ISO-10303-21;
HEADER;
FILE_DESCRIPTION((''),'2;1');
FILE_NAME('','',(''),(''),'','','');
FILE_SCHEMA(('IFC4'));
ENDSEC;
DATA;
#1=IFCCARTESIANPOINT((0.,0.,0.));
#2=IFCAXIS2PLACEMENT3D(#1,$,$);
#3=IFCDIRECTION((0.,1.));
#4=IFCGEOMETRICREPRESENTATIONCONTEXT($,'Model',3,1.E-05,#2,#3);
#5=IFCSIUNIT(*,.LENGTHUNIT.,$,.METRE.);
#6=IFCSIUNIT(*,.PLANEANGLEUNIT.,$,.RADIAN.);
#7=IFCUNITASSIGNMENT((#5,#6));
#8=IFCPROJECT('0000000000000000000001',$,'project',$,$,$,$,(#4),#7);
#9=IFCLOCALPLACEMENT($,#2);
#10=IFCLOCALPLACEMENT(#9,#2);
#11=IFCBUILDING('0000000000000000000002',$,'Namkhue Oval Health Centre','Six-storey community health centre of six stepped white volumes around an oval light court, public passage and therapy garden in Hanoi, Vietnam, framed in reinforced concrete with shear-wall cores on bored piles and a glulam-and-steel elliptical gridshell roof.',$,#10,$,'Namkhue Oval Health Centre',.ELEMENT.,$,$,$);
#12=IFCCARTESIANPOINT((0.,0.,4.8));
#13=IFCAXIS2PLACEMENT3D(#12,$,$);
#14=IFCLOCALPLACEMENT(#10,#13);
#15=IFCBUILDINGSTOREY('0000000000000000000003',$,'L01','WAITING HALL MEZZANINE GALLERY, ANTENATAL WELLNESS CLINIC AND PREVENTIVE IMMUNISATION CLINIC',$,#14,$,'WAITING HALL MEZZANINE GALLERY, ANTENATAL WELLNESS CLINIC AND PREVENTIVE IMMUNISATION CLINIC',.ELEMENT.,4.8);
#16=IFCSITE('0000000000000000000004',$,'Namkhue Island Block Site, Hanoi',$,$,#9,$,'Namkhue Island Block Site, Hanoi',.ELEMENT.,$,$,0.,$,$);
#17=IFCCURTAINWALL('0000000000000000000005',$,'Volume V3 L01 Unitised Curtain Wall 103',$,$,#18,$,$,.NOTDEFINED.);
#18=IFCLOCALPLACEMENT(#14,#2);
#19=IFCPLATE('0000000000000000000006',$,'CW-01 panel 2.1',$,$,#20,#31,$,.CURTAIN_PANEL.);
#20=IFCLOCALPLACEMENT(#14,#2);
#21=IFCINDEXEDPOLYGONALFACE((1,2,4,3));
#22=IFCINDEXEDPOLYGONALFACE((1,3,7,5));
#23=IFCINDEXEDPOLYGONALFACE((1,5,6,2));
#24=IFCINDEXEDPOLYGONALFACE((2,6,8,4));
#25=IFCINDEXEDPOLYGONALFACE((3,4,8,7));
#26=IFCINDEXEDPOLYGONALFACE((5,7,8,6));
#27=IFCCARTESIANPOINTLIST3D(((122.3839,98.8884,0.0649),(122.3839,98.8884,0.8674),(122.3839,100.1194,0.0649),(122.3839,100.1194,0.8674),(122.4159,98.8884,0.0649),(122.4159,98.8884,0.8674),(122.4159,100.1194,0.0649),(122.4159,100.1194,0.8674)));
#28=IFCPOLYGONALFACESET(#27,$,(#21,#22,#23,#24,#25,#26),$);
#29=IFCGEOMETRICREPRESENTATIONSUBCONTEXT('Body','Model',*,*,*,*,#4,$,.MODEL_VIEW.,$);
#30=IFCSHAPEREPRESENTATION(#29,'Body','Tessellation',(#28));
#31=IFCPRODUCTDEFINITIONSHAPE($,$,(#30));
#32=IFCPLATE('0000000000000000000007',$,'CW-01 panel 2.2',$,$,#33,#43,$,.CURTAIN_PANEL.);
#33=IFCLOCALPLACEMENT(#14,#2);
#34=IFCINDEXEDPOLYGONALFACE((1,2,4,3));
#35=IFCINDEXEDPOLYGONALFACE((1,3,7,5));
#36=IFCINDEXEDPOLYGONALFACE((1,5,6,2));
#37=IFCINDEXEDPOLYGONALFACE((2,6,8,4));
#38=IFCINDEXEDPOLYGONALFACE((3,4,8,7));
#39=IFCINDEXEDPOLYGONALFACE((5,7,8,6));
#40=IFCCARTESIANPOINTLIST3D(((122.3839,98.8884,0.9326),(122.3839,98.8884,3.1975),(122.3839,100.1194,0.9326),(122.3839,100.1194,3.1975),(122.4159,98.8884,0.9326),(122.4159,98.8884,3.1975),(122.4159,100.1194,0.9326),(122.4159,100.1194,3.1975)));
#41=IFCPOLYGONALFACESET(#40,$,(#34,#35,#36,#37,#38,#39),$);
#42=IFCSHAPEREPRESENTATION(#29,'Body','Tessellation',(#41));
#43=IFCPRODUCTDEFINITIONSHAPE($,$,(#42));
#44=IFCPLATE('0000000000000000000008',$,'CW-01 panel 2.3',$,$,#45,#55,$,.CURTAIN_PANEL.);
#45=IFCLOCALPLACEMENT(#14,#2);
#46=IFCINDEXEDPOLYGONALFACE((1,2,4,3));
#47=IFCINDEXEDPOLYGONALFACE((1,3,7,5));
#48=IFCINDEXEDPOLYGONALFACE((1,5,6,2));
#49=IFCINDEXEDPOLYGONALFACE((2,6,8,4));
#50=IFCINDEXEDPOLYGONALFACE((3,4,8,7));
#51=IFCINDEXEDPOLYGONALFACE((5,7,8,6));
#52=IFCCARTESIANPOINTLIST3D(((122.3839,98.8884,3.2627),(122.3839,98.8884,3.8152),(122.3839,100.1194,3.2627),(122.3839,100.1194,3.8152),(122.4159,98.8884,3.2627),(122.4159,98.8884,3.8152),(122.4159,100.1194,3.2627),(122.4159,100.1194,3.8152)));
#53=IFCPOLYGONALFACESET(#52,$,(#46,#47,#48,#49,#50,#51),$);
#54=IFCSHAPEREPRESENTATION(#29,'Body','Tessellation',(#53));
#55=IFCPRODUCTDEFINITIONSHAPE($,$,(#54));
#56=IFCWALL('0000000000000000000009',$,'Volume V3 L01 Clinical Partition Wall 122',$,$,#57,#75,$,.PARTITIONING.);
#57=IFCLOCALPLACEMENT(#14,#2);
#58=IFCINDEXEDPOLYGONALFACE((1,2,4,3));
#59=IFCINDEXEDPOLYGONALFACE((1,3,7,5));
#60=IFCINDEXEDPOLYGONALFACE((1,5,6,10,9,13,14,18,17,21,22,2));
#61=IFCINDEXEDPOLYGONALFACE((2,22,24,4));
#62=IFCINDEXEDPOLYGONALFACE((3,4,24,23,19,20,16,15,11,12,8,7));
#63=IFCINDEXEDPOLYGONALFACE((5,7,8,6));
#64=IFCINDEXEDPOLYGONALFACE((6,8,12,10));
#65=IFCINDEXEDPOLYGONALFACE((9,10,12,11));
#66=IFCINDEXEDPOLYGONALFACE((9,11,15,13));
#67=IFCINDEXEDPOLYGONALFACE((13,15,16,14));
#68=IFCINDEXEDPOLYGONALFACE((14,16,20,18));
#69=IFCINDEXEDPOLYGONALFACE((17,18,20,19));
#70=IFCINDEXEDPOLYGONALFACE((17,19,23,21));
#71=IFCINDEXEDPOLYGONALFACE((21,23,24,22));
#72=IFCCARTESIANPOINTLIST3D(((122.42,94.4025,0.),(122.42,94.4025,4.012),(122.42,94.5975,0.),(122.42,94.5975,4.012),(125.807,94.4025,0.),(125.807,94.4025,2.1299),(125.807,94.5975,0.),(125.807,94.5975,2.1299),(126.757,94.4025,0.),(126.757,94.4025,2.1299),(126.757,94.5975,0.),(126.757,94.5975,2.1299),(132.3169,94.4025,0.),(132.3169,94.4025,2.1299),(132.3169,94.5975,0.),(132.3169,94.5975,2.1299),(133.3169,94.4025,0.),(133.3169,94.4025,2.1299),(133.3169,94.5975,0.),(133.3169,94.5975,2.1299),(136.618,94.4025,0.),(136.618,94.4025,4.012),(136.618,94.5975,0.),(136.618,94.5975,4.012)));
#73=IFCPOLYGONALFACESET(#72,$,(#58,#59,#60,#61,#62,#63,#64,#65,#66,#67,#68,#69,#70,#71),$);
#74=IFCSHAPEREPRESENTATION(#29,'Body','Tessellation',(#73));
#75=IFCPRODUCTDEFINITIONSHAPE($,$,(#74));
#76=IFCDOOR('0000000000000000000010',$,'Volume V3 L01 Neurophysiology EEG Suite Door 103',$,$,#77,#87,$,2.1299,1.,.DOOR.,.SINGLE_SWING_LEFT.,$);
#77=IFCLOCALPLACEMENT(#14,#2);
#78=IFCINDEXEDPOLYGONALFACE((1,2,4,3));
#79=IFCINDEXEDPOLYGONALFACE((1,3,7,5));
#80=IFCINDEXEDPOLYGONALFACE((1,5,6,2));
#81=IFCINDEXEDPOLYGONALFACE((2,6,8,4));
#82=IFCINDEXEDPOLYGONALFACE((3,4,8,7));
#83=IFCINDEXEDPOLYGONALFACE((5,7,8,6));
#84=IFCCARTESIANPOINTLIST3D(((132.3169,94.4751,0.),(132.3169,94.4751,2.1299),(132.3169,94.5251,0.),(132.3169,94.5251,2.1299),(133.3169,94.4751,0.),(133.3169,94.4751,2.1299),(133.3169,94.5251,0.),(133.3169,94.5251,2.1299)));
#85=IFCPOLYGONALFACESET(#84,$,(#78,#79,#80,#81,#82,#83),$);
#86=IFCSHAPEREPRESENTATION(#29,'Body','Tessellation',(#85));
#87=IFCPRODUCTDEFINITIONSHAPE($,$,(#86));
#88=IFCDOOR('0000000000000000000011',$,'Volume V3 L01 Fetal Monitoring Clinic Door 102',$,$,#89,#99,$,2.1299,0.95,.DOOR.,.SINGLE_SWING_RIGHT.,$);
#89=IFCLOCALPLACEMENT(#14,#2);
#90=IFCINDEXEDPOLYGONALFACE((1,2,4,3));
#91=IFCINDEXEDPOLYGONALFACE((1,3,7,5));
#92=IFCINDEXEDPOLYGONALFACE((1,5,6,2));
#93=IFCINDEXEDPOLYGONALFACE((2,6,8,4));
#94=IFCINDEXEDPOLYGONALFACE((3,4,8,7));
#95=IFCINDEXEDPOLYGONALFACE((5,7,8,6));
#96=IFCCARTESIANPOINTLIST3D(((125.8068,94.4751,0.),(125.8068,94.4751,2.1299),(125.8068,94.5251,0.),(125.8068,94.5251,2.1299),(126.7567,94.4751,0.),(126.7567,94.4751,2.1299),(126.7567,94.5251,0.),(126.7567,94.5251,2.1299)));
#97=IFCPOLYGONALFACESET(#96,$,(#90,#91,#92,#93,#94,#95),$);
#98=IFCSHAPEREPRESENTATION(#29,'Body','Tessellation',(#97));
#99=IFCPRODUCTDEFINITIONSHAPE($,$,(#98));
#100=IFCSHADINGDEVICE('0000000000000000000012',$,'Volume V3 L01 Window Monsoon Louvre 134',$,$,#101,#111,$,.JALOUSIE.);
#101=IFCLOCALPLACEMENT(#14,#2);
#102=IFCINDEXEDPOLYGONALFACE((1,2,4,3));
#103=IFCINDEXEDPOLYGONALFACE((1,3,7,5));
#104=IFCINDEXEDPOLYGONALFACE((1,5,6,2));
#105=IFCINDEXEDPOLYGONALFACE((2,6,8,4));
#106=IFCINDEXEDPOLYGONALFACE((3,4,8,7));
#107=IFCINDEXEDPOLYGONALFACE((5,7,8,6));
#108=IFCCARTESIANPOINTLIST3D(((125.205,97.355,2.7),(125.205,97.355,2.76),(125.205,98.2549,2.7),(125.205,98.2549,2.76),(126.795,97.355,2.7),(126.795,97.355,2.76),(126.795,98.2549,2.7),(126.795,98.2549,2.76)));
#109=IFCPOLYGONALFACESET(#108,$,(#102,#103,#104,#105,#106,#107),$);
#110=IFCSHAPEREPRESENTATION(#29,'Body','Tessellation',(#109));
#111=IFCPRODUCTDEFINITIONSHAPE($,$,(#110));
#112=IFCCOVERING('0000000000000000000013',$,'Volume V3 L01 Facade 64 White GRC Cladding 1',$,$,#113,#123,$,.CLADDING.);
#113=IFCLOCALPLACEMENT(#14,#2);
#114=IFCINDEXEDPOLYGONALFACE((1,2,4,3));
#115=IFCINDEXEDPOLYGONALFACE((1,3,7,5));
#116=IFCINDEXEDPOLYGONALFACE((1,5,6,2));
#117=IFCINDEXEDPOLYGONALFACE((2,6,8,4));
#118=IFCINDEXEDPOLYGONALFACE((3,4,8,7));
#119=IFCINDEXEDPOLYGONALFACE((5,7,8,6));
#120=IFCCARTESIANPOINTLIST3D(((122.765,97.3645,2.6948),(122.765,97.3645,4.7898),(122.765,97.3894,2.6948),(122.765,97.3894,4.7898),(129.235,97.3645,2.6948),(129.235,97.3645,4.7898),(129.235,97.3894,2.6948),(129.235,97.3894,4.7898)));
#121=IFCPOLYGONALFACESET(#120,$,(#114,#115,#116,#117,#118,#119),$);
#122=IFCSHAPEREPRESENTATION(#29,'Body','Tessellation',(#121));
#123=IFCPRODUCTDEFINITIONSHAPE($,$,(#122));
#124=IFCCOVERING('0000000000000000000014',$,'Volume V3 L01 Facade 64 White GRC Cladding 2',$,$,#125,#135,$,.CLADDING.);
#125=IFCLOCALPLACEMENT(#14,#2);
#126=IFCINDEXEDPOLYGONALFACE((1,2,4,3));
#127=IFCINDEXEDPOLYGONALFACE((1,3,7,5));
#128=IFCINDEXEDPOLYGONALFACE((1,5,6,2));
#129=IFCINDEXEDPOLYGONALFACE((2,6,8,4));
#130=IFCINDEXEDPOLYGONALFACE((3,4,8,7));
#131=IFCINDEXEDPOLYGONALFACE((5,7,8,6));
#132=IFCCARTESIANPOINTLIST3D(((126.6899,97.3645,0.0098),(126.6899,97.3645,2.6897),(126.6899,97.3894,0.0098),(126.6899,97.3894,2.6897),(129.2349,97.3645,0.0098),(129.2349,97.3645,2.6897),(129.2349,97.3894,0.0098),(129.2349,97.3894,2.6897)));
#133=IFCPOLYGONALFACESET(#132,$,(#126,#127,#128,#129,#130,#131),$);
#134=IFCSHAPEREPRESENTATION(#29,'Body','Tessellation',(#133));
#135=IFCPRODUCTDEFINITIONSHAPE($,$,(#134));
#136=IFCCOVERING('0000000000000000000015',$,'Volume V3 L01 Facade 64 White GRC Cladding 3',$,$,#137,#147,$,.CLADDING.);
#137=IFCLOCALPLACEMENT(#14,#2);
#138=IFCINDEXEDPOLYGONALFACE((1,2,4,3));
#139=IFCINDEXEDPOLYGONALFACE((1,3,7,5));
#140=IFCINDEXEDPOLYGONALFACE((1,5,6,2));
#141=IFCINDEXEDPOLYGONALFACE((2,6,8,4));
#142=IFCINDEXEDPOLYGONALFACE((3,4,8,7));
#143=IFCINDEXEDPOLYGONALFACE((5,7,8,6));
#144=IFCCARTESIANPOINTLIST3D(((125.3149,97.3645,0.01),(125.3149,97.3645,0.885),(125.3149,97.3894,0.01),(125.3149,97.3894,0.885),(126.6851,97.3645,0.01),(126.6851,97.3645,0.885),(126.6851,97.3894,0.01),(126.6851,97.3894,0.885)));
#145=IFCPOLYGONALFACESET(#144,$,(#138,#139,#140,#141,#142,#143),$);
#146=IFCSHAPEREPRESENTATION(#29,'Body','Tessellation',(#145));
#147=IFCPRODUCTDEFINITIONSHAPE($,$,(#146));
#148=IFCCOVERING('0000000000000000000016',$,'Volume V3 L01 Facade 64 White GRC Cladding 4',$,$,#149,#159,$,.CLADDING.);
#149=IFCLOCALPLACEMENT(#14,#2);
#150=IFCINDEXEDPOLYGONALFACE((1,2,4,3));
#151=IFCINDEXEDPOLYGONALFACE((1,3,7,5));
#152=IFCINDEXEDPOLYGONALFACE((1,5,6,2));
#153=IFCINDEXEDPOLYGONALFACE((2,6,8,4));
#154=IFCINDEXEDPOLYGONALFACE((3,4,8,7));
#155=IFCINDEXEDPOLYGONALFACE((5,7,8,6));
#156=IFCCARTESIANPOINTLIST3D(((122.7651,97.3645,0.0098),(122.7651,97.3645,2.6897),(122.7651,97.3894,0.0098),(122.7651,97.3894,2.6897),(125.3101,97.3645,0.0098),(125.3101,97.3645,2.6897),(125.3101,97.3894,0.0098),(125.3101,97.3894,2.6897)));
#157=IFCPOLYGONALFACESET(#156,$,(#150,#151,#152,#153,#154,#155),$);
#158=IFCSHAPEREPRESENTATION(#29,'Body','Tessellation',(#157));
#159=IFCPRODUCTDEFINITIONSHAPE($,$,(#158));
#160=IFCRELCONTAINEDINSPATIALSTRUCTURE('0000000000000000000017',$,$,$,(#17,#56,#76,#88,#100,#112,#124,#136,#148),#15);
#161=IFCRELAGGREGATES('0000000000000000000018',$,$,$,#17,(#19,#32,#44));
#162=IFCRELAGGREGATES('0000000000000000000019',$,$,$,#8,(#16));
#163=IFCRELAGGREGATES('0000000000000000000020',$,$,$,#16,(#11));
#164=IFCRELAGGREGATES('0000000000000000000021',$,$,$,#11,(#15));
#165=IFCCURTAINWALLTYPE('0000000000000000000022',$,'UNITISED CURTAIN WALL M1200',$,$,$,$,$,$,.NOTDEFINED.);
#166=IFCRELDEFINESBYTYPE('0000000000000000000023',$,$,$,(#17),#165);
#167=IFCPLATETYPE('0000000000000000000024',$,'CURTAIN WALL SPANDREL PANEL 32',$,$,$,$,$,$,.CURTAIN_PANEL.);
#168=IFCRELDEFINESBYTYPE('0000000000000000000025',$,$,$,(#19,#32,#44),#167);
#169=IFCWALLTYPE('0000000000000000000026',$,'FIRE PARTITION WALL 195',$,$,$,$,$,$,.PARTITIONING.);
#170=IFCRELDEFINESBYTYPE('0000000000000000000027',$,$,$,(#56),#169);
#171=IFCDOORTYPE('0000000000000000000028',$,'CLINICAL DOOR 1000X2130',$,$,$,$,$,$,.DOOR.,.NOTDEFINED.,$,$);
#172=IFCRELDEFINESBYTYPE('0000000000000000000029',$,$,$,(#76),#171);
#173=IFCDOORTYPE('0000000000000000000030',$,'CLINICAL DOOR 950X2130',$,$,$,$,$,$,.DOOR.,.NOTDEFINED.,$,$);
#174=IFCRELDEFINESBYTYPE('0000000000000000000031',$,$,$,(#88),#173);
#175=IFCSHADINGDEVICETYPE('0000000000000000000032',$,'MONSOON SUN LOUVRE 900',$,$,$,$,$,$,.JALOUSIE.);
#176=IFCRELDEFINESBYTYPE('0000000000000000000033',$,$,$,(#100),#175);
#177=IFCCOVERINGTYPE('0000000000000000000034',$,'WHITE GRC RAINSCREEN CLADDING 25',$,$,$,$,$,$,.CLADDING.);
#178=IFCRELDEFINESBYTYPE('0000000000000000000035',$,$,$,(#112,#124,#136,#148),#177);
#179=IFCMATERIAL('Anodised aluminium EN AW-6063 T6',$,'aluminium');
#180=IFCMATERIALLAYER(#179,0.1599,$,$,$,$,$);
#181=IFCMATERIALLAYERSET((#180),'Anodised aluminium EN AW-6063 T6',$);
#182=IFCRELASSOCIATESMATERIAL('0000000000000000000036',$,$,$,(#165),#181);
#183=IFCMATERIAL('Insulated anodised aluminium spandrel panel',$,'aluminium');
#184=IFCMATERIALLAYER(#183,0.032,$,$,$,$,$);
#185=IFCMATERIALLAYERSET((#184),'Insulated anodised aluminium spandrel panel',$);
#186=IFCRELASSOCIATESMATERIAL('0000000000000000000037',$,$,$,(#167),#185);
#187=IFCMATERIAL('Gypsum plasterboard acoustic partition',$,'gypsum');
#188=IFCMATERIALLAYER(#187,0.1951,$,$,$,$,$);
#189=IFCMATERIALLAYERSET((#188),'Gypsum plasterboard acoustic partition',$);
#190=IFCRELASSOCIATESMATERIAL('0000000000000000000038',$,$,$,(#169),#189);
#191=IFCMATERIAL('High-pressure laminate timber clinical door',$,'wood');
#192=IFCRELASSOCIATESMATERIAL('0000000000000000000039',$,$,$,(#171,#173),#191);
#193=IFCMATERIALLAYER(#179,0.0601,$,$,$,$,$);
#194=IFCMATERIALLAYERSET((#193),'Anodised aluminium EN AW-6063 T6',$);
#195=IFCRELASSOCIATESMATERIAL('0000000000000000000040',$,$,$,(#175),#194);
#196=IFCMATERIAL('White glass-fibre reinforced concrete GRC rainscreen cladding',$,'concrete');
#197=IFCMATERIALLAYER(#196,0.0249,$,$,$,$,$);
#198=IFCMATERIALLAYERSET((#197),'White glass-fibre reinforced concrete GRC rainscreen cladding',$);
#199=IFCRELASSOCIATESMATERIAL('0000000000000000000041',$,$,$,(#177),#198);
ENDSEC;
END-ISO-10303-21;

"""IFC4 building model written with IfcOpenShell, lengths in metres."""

from ifc_helpers import new_model, si_unit, direction, frame, frame_2d, origin, origin_2d, place, context, subcontext, project, spatial, rectangle, extrude, material, layer, layer_set, type_object, element, fill, aggregate, save


model = new_model("IFC4")

# Units and contexts
model_context = context("Model", 3, precision=1e-05, world=origin(), true_north=direction((0.0, 1.0)))
body_context = subcontext(model_context, "Body", "Model", "MODEL_VIEW")
ifc_project = project(units=[si_unit("LENGTHUNIT", "METRE"), si_unit("PLANEANGLEUNIT", "RADIAN")], contexts=[model_context])

# Site, building, storey
site_placement = place(None, origin())
site = spatial("IfcSite", under=ifc_project, at=site_placement, Name="Namkhue Island Block Site, Hanoi", LongName="Namkhue Island Block Site, Hanoi", CompositionType="ELEMENT", RefElevation=0.0)
building_placement = place(site_placement, origin())
building = spatial("IfcBuilding", under=site, at=building_placement, Name="Namkhue Oval Health Centre", Description="Six-storey community health centre of six stepped white volumes around an oval light court, public passage and therapy garden in Hanoi, Vietnam, framed in reinforced concrete with shear-wall cores on bored piles and a glulam-and-steel elliptical gridshell roof.", LongName="Namkhue Oval Health Centre", CompositionType="ELEMENT")
storey_placement = place(building_placement, frame((0.0, 0.0, 4.8)))
storey = spatial("IfcBuildingStorey", under=building, at=storey_placement, Name="L01", Description="WAITING HALL MEZZANINE GALLERY, ANTENATAL WELLNESS CLINIC AND PREVENTIVE IMMUNISATION CLINIC", LongName="WAITING HALL MEZZANINE GALLERY, ANTENATAL WELLNESS CLINIC AND PREVENTIVE IMMUNISATION CLINIC", CompositionType="ELEMENT", Elevation=4.8)

# Curtain wall
ifc_material_1 = material(Name="Anodised aluminium EN AW-6063 T6", Category="aluminium")
ifc_layer_1 = layer(ifc_material_1, 0.1599)
ifc_layer_set_1 = layer_set([ifc_layer_1], Name="Anodised aluminium EN AW-6063 T6")
curtain_wall_type_1 = type_object("IfcCurtainWallType", Name="UNITISED CURTAIN WALL M1200", PredefinedType="NOTDEFINED", material=ifc_layer_set_1)
curtain_wall_1_placement = place(storey_placement, origin())
curtain_wall_1 = element("IfcCurtainWall", 1, at=curtain_wall_1_placement, inside=storey, type_object=curtain_wall_type_1, Name="Volume V3 L01 Unitised Curtain Wall 103", PredefinedType="NOTDEFINED")

# Plates
ifc_material_2 = material(Name="Insulated anodised aluminium spandrel panel", Category="aluminium")
ifc_layer_2 = layer(ifc_material_2, 0.032)
ifc_layer_set_2 = layer_set([ifc_layer_2], Name="Insulated anodised aluminium spandrel panel")
plate_type_1 = type_object("IfcPlateType", Name="CURTAIN WALL SPANDREL PANEL 32", PredefinedType="CURTAIN_PANEL", material=ifc_layer_set_2)
plate_1_placement = place(storey_placement, frame((122.3999, 99.5039, 0.0649), z_axis=(0.0, 0.0, 1.0), x_axis=(0.0, 1.0, 0.0)))
plate_1 = element("IfcPlate", 2, at=plate_1_placement, type_object=plate_type_1, Name="CW-01 panel 2.1", PredefinedType="CURTAIN_PANEL", context=body_context, shape_type="SweptSolid", body=[
    extrude(rectangle(XDim=1.231, YDim=0.032, at=origin_2d()), origin(), (0.0, 0.0, 1.0), 0.8025),
])
plate_2_placement = place(storey_placement, frame((122.3999, 99.5039, 0.9326), z_axis=(0.0, 0.0, 1.0), x_axis=(0.0, 1.0, 0.0)))
plate_2 = element("IfcPlate", 3, at=plate_2_placement, type_object=plate_type_1, Name="CW-01 panel 2.2", PredefinedType="CURTAIN_PANEL", context=body_context, shape_type="SweptSolid", body=[
    extrude(rectangle(XDim=1.231, YDim=0.032, at=origin_2d()), origin(), (0.0, 0.0, 1.0), 2.2649),
])
plate_3_placement = place(storey_placement, frame((122.3999, 99.5039, 3.2627), z_axis=(0.0, 0.0, 1.0), x_axis=(0.0, 1.0, 0.0)))
plate_3 = element("IfcPlate", 4, at=plate_3_placement, type_object=plate_type_1, Name="CW-01 panel 2.3", PredefinedType="CURTAIN_PANEL", context=body_context, shape_type="SweptSolid", body=[
    extrude(rectangle(XDim=1.231, YDim=0.032, at=origin_2d()), origin(), (0.0, 0.0, 1.0), 0.5525),
])
aggregate(curtain_wall_1, [plate_1, plate_2, plate_3])

# Wall, openings, doors
ifc_material_3 = material(Name="Gypsum plasterboard acoustic partition", Category="gypsum")
ifc_layer_3 = layer(ifc_material_3, 0.1951)
ifc_layer_set_3 = layer_set([ifc_layer_3], Name="Gypsum plasterboard acoustic partition")
wall_type = type_object("IfcWallType", Name="FIRE PARTITION WALL 195", PredefinedType="PARTITIONING", material=ifc_layer_set_3)
wall_placement = place(storey_placement, frame((122.4199, 94.5, 0.0), z_axis=(0.0, 0.0, 1.0), x_axis=(1.0, 0.0, 0.0)))
wall = element("IfcWall", 5, at=wall_placement, inside=storey, type_object=wall_type, Name="Volume V3 L01 Clinical Partition Wall 122", PredefinedType="PARTITIONING", context=body_context, shape_type="SweptSolid", body=[
    extrude(rectangle(XDim=14.198, YDim=0.1951, at=frame_2d((7.0991, 0.0))), origin(), (0.0, 0.0, 1.0), 4.012),
])
opening_1_placement = place(wall_placement, frame((3.387, 0.0, 0.0)))
opening_1 = element("IfcOpeningElement", 6, at=opening_1_placement, cuts=wall, PredefinedType="OPENING", context=body_context, shape_type="SweptSolid", body=[
    extrude(rectangle(XDim=0.95, YDim=2.1299, at=frame_2d((0.4751, 1.0649))), frame((0.0, 0.1074, 0.0), z_axis=(0.0, -1.0, 0.0), x_axis=(1.0, 0.0, 0.0)), (0.0, 0.0, 1.0), 0.2151),
])
opening_2_placement = place(wall_placement, frame((9.897, 0.0, 0.0)))
opening_2 = element("IfcOpeningElement", 7, at=opening_2_placement, cuts=wall, PredefinedType="OPENING", context=body_context, shape_type="SweptSolid", body=[
    extrude(rectangle(XDim=1.0, YDim=2.1299, at=frame_2d((0.5, 1.0649))), frame((0.0, 0.1074, 0.0), z_axis=(0.0, -1.0, 0.0), x_axis=(1.0, 0.0, 0.0)), (0.0, 0.0, 1.0), 0.2151),
])
ifc_material_4 = material(Name="High-pressure laminate timber clinical door", Category="wood")
door_type_1 = type_object("IfcDoorType", Name="CLINICAL DOOR 1000X2130", OperationType="NOTDEFINED", PredefinedType="DOOR", material=ifc_material_4)
door_1_placement = place(opening_2_placement, frame((1.0, 0.0, 0.0), z_axis=(0.0, 0.0, 1.0), x_axis=(-1.0, 0.0, 0.0)))
door_1 = element("IfcDoor", 8, at=door_1_placement, inside=storey, type_object=door_type_1, Name="Volume V3 L01 Neurophysiology EEG Suite Door 103", OperationType="SINGLE_SWING_LEFT", OverallHeight=2.1299, OverallWidth=1.0, PredefinedType="DOOR", context=body_context, shape_type="SweptSolid", body=[
    extrude(rectangle(XDim=1.0, YDim=2.1299, at=frame_2d((0.5, 1.0649))), frame((0.0, 0.0249, 0.0), z_axis=(0.0, -1.0, 0.0), x_axis=(1.0, 0.0, 0.0)), (0.0, 0.0, 1.0), 0.05),
])
fill(opening_2, door_1)
door_type_2 = type_object("IfcDoorType", Name="CLINICAL DOOR 950X2130", OperationType="NOTDEFINED", PredefinedType="DOOR", material=ifc_material_4)
door_2_placement = place(opening_1_placement, frame((0.95, 0.0, 0.0), z_axis=(0.0, 0.0, 1.0), x_axis=(-1.0, 0.0, 0.0)))
door_2 = element("IfcDoor", 9, at=door_2_placement, inside=storey, type_object=door_type_2, Name="Volume V3 L01 Fetal Monitoring Clinic Door 102", OperationType="SINGLE_SWING_RIGHT", OverallHeight=2.1299, OverallWidth=0.95, PredefinedType="DOOR", context=body_context, shape_type="SweptSolid", body=[
    extrude(rectangle(XDim=0.95, YDim=2.1299, at=frame_2d((0.4751, 1.0649))), frame((0.0, 0.0249, 0.0), z_axis=(0.0, -1.0, 0.0), x_axis=(1.0, 0.0, 0.0)), (0.0, 0.0, 1.0), 0.05),
])
fill(opening_1, door_2)

# Shading device
ifc_layer_4 = layer(ifc_material_1, 0.0601)
ifc_layer_set_4 = layer_set([ifc_layer_4], Name="Anodised aluminium EN AW-6063 T6")
shading_device_type = type_object("IfcShadingDeviceType", Name="MONSOON SUN LOUVRE 900", PredefinedType="JALOUSIE", material=ifc_layer_set_4)
shading_device_placement = place(storey_placement, frame((126.0, 97.8049, 2.7), z_axis=(0.0, 0.0, 1.0), x_axis=(-1.0, 0.0, 0.0)))
element("IfcShadingDevice", 10, at=shading_device_placement, inside=storey, type_object=shading_device_type, Name="Volume V3 L01 Window Monsoon Louvre 134", PredefinedType="JALOUSIE", context=body_context, shape_type="SweptSolid", body=[
    extrude(rectangle(XDim=1.5901, YDim=0.8999, at=origin_2d()), origin(), (0.0, 0.0, 1.0), 0.0601),
])

# Coverings
ifc_material_5 = material(Name="White glass-fibre reinforced concrete GRC rainscreen cladding", Category="concrete")
ifc_layer_5 = layer(ifc_material_5, 0.0249)
ifc_layer_set_5 = layer_set([ifc_layer_5], Name="White glass-fibre reinforced concrete GRC rainscreen cladding")
covering_type = type_object("IfcCoveringType", Name="WHITE GRC RAINSCREEN CLADDING 25", PredefinedType="CLADDING", material=ifc_layer_set_5)
covering_1_placement = place(storey_placement, frame((126.0, 97.377, 2.6948), z_axis=(0.0, 0.0, 1.0), x_axis=(-1.0, 0.0, 0.0)))
element("IfcCovering", 11, at=covering_1_placement, inside=storey, type_object=covering_type, Name="Volume V3 L01 Facade 64 White GRC Cladding 1", PredefinedType="CLADDING", context=body_context, shape_type="SweptSolid", body=[
    extrude(rectangle(XDim=6.47, YDim=0.0249, at=origin_2d()), origin(), (0.0, 0.0, 1.0), 2.095),
])
covering_2_placement = place(storey_placement, frame((127.9624, 97.377, 0.0098), z_axis=(0.0, 0.0, 1.0), x_axis=(-1.0, 0.0, 0.0)))
element("IfcCovering", 12, at=covering_2_placement, inside=storey, type_object=covering_type, Name="Volume V3 L01 Facade 64 White GRC Cladding 2", PredefinedType="CLADDING", context=body_context, shape_type="SweptSolid", body=[
    extrude(rectangle(XDim=2.5449, YDim=0.0249, at=origin_2d()), origin(), (0.0, 0.0, 1.0), 2.6799),
])
covering_3_placement = place(storey_placement, frame((126.0, 97.377, 0.01), z_axis=(0.0, 0.0, 1.0), x_axis=(-1.0, 0.0, 0.0)))
element("IfcCovering", 13, at=covering_3_placement, inside=storey, type_object=covering_type, Name="Volume V3 L01 Facade 64 White GRC Cladding 3", PredefinedType="CLADDING", context=body_context, shape_type="SweptSolid", body=[
    extrude(rectangle(XDim=1.3701, YDim=0.0249, at=origin_2d()), origin(), (0.0, 0.0, 1.0), 0.875),
])
covering_4_placement = place(storey_placement, frame((124.0376, 97.377, 0.0098), z_axis=(0.0, 0.0, 1.0), x_axis=(-1.0, 0.0, 0.0)))
element("IfcCovering", 14, at=covering_4_placement, inside=storey, type_object=covering_type, Name="Volume V3 L01 Facade 64 White GRC Cladding 4", PredefinedType="CLADDING", context=body_context, shape_type="SweptSolid", body=[
    extrude(rectangle(XDim=2.5449, YDim=0.0249, at=origin_2d()), origin(), (0.0, 0.0, 1.0), 2.6799),
])

save(model, "model.ifc")
